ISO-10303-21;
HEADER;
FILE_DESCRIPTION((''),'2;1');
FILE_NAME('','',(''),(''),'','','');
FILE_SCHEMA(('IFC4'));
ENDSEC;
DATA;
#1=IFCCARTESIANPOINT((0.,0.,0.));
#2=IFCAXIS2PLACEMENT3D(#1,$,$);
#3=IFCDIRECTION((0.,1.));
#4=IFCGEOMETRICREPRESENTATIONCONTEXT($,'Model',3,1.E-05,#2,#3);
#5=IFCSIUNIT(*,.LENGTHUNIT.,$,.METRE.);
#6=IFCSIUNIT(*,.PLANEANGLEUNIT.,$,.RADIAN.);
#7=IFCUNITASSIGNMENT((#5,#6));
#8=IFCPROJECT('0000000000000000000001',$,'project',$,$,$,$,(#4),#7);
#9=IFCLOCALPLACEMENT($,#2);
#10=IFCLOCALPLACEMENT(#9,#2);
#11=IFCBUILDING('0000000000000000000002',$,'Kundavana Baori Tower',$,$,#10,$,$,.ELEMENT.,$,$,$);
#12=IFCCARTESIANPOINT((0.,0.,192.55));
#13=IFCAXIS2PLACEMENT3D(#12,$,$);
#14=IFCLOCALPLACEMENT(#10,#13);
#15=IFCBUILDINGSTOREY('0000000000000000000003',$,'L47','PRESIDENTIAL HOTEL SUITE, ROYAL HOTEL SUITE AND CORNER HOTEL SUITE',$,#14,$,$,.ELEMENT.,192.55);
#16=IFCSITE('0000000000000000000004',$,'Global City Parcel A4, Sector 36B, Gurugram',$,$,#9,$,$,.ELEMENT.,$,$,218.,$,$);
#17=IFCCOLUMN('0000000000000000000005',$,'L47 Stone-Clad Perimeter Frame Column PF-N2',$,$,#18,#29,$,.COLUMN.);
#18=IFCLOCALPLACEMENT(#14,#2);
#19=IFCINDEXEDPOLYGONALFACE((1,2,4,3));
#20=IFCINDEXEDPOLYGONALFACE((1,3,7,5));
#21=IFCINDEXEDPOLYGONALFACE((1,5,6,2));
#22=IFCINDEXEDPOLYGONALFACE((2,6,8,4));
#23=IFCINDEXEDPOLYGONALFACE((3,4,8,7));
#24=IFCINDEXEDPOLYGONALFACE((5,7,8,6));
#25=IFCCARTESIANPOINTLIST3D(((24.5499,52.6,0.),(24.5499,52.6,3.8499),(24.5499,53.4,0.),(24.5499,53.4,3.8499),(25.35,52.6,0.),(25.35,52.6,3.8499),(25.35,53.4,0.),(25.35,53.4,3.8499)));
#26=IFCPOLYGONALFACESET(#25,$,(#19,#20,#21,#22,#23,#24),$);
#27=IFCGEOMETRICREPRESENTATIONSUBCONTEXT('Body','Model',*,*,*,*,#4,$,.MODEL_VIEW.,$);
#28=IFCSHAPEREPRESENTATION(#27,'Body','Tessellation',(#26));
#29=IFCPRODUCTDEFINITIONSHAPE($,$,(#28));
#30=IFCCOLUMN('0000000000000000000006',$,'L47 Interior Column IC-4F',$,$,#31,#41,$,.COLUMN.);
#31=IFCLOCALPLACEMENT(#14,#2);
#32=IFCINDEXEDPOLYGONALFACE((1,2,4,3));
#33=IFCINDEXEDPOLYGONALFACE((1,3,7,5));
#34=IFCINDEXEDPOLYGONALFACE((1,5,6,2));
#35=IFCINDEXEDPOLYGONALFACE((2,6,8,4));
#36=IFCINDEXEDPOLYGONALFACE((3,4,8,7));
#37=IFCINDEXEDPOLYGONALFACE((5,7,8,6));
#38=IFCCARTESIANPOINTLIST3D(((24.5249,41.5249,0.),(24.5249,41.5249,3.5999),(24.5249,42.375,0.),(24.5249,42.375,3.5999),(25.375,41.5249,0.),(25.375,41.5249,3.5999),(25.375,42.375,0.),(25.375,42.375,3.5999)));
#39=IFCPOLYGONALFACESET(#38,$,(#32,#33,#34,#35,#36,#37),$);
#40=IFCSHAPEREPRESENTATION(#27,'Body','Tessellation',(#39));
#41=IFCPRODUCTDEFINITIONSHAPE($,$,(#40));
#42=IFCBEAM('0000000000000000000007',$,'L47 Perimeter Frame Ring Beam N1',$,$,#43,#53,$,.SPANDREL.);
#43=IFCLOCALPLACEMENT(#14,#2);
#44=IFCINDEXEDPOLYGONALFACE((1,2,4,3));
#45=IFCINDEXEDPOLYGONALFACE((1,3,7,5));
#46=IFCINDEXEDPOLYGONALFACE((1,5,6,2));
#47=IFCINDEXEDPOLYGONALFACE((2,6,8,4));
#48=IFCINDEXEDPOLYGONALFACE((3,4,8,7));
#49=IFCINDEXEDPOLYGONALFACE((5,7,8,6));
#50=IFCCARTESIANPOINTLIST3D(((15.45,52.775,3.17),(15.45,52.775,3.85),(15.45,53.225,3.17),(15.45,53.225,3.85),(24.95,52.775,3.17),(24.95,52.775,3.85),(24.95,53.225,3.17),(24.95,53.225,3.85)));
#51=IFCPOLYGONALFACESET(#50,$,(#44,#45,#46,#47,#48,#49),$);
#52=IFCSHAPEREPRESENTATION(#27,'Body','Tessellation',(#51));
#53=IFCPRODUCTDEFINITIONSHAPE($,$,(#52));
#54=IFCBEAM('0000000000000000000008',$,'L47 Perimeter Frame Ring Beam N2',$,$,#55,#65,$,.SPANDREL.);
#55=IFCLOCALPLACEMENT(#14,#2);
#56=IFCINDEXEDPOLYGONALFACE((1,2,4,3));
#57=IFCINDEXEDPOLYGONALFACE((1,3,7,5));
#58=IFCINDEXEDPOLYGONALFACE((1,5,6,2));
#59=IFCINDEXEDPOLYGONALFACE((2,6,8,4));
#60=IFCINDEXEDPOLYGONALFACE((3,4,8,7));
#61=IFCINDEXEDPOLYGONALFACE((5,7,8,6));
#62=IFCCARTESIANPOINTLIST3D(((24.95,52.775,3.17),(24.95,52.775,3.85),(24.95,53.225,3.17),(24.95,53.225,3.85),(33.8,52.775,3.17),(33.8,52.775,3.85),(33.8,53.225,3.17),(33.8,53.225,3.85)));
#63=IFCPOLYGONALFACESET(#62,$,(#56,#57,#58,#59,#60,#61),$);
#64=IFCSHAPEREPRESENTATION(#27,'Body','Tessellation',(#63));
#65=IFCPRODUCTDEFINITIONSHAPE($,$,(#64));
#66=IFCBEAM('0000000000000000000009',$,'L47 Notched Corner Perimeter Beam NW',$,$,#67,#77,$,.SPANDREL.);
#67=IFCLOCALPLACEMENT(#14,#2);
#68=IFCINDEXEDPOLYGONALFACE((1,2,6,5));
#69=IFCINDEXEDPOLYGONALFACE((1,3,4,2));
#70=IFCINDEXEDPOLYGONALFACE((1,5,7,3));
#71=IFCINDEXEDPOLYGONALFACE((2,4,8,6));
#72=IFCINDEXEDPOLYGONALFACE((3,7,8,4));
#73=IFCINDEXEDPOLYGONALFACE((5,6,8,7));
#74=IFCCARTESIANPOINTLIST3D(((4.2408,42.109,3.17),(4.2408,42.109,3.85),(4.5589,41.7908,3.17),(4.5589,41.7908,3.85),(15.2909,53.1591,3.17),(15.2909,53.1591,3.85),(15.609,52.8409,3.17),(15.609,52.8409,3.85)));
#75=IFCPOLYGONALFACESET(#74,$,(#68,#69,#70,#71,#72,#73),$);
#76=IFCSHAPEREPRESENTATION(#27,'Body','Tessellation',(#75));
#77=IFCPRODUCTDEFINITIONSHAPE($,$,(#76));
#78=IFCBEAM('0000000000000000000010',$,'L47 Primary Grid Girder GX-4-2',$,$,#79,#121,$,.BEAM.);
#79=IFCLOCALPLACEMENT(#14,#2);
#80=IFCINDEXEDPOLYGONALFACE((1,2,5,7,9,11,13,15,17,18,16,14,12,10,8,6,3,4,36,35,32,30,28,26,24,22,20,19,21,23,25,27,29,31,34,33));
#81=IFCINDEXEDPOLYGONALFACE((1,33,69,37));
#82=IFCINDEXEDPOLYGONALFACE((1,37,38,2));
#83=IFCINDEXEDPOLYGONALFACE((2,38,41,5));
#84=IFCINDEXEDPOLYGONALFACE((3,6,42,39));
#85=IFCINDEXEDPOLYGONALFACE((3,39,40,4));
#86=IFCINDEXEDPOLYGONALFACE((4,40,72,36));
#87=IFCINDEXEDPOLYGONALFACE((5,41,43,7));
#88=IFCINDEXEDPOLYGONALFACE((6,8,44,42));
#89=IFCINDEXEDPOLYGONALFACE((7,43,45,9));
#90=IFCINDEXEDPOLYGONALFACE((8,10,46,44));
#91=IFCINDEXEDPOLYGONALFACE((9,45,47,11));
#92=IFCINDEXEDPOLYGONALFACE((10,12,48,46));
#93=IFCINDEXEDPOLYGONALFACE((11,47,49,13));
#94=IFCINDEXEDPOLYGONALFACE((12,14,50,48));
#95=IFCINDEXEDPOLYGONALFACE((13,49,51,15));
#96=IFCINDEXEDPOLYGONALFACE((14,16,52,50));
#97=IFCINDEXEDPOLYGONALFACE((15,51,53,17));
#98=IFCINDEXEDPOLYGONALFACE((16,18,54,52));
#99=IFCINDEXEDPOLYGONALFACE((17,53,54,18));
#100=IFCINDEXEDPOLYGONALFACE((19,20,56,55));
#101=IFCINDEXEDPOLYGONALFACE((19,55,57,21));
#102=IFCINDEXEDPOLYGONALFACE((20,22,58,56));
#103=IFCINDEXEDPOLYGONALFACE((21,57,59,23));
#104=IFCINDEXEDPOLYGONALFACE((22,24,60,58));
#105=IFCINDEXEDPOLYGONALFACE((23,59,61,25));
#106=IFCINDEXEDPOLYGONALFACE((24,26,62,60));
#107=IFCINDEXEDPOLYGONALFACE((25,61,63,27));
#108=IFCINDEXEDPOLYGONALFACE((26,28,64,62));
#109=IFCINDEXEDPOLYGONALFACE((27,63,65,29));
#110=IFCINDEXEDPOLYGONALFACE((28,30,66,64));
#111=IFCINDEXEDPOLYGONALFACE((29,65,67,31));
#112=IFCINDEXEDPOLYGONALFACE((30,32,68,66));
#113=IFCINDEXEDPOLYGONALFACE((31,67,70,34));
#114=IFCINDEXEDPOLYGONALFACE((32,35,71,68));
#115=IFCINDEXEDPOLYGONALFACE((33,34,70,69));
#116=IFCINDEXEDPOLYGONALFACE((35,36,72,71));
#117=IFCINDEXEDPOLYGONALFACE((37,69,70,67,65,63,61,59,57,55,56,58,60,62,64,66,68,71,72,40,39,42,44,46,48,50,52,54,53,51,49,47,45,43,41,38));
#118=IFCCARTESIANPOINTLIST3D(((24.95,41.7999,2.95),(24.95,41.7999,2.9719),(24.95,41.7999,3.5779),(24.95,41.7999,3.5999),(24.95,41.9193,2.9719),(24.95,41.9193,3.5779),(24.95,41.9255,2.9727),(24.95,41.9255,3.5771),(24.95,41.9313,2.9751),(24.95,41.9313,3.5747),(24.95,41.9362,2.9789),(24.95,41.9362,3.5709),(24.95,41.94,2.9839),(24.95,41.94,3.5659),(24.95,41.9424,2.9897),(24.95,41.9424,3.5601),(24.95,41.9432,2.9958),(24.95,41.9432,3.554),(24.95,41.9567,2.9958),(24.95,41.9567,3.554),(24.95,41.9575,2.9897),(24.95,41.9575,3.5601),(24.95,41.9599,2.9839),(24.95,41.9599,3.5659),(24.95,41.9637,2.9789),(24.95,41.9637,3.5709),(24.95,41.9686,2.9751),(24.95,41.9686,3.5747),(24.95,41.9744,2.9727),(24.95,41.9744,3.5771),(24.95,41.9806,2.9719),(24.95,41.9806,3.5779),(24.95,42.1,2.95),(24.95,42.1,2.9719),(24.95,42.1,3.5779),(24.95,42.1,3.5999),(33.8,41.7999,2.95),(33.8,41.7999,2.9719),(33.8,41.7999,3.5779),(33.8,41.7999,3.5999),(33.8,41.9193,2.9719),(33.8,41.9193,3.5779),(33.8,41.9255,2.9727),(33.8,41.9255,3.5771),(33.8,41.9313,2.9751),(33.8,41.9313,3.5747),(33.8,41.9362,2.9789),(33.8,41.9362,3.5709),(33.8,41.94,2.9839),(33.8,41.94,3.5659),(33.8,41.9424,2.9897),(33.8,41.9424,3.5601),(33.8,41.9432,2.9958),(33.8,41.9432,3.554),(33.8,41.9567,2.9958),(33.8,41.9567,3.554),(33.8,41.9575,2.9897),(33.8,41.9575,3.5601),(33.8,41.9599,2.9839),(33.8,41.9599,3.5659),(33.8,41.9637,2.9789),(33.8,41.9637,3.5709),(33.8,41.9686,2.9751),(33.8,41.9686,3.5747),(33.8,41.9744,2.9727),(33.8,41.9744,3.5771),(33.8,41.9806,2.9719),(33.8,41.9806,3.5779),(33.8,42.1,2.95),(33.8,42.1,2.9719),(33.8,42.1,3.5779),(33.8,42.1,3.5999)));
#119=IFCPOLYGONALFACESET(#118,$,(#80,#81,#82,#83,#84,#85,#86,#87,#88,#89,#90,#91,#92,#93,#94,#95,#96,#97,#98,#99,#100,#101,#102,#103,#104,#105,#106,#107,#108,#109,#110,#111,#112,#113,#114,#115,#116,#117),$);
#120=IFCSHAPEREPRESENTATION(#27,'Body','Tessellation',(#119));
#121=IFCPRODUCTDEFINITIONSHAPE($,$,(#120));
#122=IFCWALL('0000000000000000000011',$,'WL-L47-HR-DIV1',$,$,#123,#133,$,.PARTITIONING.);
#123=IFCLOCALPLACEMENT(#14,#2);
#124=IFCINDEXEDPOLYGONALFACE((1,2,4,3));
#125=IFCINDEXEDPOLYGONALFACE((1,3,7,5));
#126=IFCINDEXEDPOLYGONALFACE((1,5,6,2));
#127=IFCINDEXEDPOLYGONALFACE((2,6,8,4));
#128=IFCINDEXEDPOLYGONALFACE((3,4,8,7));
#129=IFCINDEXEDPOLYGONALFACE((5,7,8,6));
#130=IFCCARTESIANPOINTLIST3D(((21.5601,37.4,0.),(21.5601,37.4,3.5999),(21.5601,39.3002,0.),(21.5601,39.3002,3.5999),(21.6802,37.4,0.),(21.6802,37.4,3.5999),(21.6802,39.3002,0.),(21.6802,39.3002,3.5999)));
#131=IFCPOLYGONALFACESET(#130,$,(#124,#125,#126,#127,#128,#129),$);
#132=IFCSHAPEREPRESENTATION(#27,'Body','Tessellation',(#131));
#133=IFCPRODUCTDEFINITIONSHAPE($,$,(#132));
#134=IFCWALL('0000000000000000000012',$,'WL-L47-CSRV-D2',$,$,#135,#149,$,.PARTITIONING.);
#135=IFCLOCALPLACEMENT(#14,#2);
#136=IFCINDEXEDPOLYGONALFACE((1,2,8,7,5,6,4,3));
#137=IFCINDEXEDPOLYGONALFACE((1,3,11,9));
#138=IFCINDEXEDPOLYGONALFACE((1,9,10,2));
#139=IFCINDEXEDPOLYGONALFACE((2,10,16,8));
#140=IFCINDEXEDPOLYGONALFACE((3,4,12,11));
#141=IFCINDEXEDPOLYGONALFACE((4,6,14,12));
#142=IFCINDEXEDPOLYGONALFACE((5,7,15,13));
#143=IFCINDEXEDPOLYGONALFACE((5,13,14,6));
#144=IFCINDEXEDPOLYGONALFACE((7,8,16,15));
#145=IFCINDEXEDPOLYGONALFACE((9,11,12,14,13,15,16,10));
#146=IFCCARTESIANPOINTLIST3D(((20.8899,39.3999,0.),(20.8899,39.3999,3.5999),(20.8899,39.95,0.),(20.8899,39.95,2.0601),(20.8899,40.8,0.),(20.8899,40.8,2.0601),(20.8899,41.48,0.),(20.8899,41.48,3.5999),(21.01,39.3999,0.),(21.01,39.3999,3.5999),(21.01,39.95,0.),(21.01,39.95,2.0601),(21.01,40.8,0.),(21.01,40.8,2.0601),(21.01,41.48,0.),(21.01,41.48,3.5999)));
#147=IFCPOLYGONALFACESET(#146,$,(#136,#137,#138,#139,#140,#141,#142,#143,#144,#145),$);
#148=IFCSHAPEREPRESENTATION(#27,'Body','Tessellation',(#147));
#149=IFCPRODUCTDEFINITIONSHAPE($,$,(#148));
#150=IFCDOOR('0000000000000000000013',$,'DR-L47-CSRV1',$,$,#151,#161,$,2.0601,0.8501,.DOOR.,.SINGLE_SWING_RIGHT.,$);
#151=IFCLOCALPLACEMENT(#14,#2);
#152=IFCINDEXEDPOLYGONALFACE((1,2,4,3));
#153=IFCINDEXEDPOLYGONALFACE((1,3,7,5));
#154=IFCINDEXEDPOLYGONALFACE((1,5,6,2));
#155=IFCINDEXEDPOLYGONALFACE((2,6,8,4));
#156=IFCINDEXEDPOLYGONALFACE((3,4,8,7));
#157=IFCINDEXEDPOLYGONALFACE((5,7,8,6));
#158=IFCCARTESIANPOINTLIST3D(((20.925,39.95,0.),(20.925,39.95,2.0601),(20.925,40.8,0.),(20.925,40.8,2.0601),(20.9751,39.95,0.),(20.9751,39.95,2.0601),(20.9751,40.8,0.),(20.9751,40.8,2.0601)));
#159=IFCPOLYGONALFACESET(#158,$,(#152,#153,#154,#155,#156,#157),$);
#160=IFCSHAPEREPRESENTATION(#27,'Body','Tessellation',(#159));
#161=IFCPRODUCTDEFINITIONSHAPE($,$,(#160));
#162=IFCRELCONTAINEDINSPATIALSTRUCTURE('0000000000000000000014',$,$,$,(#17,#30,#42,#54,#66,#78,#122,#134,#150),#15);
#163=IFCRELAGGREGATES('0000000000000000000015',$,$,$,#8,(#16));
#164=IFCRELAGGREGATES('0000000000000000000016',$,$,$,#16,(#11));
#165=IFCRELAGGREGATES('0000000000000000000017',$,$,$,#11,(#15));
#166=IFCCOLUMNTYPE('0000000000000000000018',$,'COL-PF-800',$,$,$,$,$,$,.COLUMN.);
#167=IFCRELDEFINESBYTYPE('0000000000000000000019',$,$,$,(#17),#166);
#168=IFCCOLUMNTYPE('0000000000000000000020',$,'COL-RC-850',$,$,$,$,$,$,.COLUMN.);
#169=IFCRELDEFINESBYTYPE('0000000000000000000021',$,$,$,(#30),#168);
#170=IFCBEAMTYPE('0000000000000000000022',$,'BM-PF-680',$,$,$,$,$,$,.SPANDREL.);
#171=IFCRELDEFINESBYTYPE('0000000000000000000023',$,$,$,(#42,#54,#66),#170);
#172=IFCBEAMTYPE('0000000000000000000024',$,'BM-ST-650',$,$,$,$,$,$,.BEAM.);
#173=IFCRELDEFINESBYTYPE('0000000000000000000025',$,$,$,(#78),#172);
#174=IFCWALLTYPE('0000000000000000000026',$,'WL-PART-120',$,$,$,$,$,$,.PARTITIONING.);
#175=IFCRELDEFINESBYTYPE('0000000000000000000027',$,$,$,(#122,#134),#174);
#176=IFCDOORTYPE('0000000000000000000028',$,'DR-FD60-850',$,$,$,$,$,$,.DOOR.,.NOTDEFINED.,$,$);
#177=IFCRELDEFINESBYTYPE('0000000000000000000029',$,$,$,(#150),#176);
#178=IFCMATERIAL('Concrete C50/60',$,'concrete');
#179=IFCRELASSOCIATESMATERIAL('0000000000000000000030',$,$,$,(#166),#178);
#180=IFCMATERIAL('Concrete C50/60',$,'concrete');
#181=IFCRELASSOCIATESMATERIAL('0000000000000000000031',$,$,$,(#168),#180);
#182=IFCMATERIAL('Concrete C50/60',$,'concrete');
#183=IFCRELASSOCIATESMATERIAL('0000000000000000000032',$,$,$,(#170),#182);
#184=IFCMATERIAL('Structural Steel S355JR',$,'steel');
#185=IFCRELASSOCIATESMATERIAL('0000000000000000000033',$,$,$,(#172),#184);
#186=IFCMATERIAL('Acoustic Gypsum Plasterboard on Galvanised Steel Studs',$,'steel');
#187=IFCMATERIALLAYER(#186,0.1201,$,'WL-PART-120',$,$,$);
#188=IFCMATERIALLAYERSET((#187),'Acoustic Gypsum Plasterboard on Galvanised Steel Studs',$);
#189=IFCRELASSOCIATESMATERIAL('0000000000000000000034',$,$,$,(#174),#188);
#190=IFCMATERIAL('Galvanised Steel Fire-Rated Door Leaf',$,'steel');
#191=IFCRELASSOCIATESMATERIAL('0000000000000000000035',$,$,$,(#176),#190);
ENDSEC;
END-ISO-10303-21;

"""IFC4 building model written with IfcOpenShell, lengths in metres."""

from ifc_helpers import new_model, si_unit, direction, frame, frame_2d, origin, origin_2d, place, context, subcontext, project, spatial, rectangle, i_section, extrude, material, layer, layer_set, material_profile, profile_set, type_object, element, fill, save


model = new_model("IFC4")

# Units and contexts
model_context = context("Model", 3, precision=1e-05, world=origin(), true_north=direction((0.0, 1.0)))
body_context = subcontext(model_context, "Body", "Model", "MODEL_VIEW")
ifc_project = project(units=[si_unit("LENGTHUNIT", "METRE"), si_unit("PLANEANGLEUNIT", "RADIAN")], contexts=[model_context])

# Site, building, storey
site_placement = place(None, origin())
site = spatial("IfcSite", under=ifc_project, at=site_placement, Name="Global City Parcel A4, Sector 36B, Gurugram", CompositionType="ELEMENT", RefElevation=218.0)
building_placement = place(site_placement, origin())
building = spatial("IfcBuilding", under=site, at=building_placement, Name="Kundavana Baori Tower", CompositionType="ELEMENT")
storey_placement = place(building_placement, frame((0.0, 0.0, 192.55)))
storey = spatial("IfcBuildingStorey", under=building, at=storey_placement, Name="L47", Description="PRESIDENTIAL HOTEL SUITE, ROYAL HOTEL SUITE AND CORNER HOTEL SUITE", CompositionType="ELEMENT", Elevation=192.55)

# Columns
ifc_material_1 = material(Name="Concrete C50/60", Category="concrete")
ifc_material_profile_1 = material_profile(ifc_material_1, rectangle(XDim=0.8, YDim=0.8, at=origin_2d()), Name="RC PF 800x800")
ifc_profile_set_1 = profile_set([ifc_material_profile_1], Name="Concrete C50/60")
column_type_1 = type_object("IfcColumnType", Name="COL-PF-800", PredefinedType="COLUMN", material=ifc_profile_set_1)
column_1_placement = place(storey_placement, frame((24.95, 53.0, 0.0), z_axis=(0.0, 0.0, 1.0), x_axis=(1.0, 0.0, 0.0)))
element("IfcColumn", 1, at=column_1_placement, inside=storey, type_object=column_type_1, Name="L47 Stone-Clad Perimeter Frame Column PF-N2", PredefinedType="COLUMN", context=body_context, shape_type="SweptSolid", body=[
    extrude(rectangle(XDim=0.8, YDim=0.8, at=origin_2d()), origin(), (0.0, 0.0, 1.0), 3.8499),
])
ifc_material_2 = material(Name="Concrete C50/60", Category="concrete")
ifc_material_profile_2 = material_profile(ifc_material_2, rectangle(XDim=0.8501, YDim=0.8501, at=origin_2d()), Name="RC 850x850")
ifc_profile_set_2 = profile_set([ifc_material_profile_2], Name="Concrete C50/60")
column_type_2 = type_object("IfcColumnType", Name="COL-RC-850", PredefinedType="COLUMN", material=ifc_profile_set_2)
column_2_placement = place(storey_placement, frame((24.95, 41.95, 0.0), z_axis=(0.0, 0.0, 1.0), x_axis=(1.0, 0.0, 0.0)))
element("IfcColumn", 2, at=column_2_placement, inside=storey, type_object=column_type_2, Name="L47 Interior Column IC-4F", PredefinedType="COLUMN", context=body_context, shape_type="SweptSolid", body=[
    extrude(rectangle(XDim=0.8501, YDim=0.8501, at=origin_2d()), origin(), (0.0, 0.0, 1.0), 3.5999),
])

# Beams
ifc_material_3 = material(Name="Concrete C50/60", Category="concrete")
ifc_material_profile_3 = material_profile(ifc_material_3, rectangle(XDim=0.45, YDim=0.6799, at=origin_2d()), Name="RC BM 450x680")
ifc_profile_set_3 = profile_set([ifc_material_profile_3], Name="Concrete C50/60")
beam_type_1 = type_object("IfcBeamType", Name="BM-PF-680", PredefinedType="SPANDREL", material=ifc_profile_set_3)
beam_1_placement = place(storey_placement, frame((15.45, 53.0, 3.51), z_axis=(1.0, 0.0, 0.0), x_axis=(0.0, 1.0, 0.0)))
element("IfcBeam", 3, at=beam_1_placement, inside=storey, type_object=beam_type_1, Name="L47 Perimeter Frame Ring Beam N1", PredefinedType="SPANDREL", context=body_context, shape_type="SweptSolid", body=[
    extrude(rectangle(XDim=0.45, YDim=0.6799, at=origin_2d()), origin(), (0.0, 0.0, 1.0), 9.5),
])
beam_2_placement = place(storey_placement, frame((24.95, 53.0, 3.51), z_axis=(1.0, 0.0, 0.0), x_axis=(0.0, 1.0, 0.0)))
element("IfcBeam", 4, at=beam_2_placement, inside=storey, type_object=beam_type_1, Name="L47 Perimeter Frame Ring Beam N2", PredefinedType="SPANDREL", context=body_context, shape_type="SweptSolid", body=[
    extrude(rectangle(XDim=0.45, YDim=0.6799, at=origin_2d()), origin(), (0.0, 0.0, 1.0), 8.8501),
])
beam_3_placement = place(storey_placement, frame((15.45, 53.0, 3.51), z_axis=(-0.707107, -0.707107, 0.0), x_axis=(0.707107, -0.707107, 0.0)))
element("IfcBeam", 5, at=beam_3_placement, inside=storey, type_object=beam_type_1, Name="L47 Notched Corner Perimeter Beam NW", PredefinedType="SPANDREL", context=body_context, shape_type="SweptSolid", body=[
    extrude(rectangle(XDim=0.45, YDim=0.6799, at=origin_2d()), origin(), (0.0, 0.0, 1.0), 15.6272),
])
ifc_material_4 = material(Name="Structural Steel S355JR", Category="steel")
ifc_material_profile_4 = material_profile(ifc_material_4, i_section(OverallWidth=0.3, OverallDepth=0.6499, WebThickness=0.0134, FlangeThickness=0.022, FilletRadius=0.0239, at=origin_2d()), Name="NPB 650x300x155")
ifc_profile_set_4 = profile_set([ifc_material_profile_4], Name="Structural Steel S355JR")
beam_type_2 = type_object("IfcBeamType", Name="BM-ST-650", PredefinedType="BEAM", material=ifc_profile_set_4)
beam_4_placement = place(storey_placement, frame((24.95, 41.95, 3.2749), z_axis=(1.0, 0.0, 0.0), x_axis=(0.0, 1.0, 0.0)))
element("IfcBeam", 6, at=beam_4_placement, inside=storey, type_object=beam_type_2, Name="L47 Primary Grid Girder GX-4-2", PredefinedType="BEAM", context=body_context, shape_type="SweptSolid", body=[
    extrude(i_section(OverallWidth=0.3, OverallDepth=0.6499, WebThickness=0.0134, FlangeThickness=0.022, FilletRadius=0.0239, at=origin_2d()), origin(), (0.0, 0.0, 1.0), 8.8501),
])

# Wall
ifc_material_5 = material(Name="Acoustic Gypsum Plasterboard on Galvanised Steel Studs", Category="steel")
ifc_layer_1 = layer(ifc_material_5, 0.1201, Name="WL-PART-120")
ifc_layer_set_1 = layer_set([ifc_layer_1], Name="Acoustic Gypsum Plasterboard on Galvanised Steel Studs")
wall_type_1 = type_object("IfcWallType", Name="WL-PART-120", PredefinedType="PARTITIONING", material=ifc_layer_set_1)
wall_1_placement = place(storey_placement, frame((21.6201, 37.3999, 0.0), z_axis=(0.0, 0.0, 1.0), x_axis=(0.0, 1.0, 0.0)))
element("IfcWall", 7, at=wall_1_placement, inside=storey, type_object=wall_type_1, Name="WL-L47-HR-DIV1", PredefinedType="PARTITIONING", context=body_context, shape_type="SweptSolid", body=[
    extrude(rectangle(XDim=1.9001, YDim=0.1201, at=frame_2d((0.9502, 0.0))), origin(), (0.0, 0.0, 1.0), 3.5999),
])

# Wall, opening, door
wall_2_placement = place(storey_placement, frame((20.95, 39.3999, 0.0), z_axis=(0.0, 0.0, 1.0), x_axis=(0.0, 1.0, 0.0)))
wall_2 = element("IfcWall", 8, at=wall_2_placement, inside=storey, type_object=wall_type_1, Name="WL-L47-CSRV-D2", PredefinedType="PARTITIONING", context=body_context, shape_type="SweptSolid", body=[
    extrude(rectangle(XDim=2.0801, YDim=0.1201, at=frame_2d((1.04, 0.0))), origin(), (0.0, 0.0, 1.0), 3.5999),
])
opening_1_placement = place(wall_2_placement, frame((0.55, 0.0, 0.0)))
opening_1 = element("IfcOpeningElement", 9, at=opening_1_placement, cuts=wall_2, PredefinedType="OPENING", context=body_context, shape_type="SweptSolid", body=[
    extrude(rectangle(XDim=0.8501, YDim=2.0601, at=frame_2d((0.425, 1.03))), frame((0.0, 0.0701, 0.0), z_axis=(0.0, -1.0, 0.0), x_axis=(1.0, 0.0, 0.0)), (0.0, 0.0, 1.0), 0.1401),
])
ifc_material_6 = material(Name="Galvanised Steel Fire-Rated Door Leaf", Category="steel")
door_type_1 = type_object("IfcDoorType", Name="DR-FD60-850", OperationType="NOTDEFINED", PredefinedType="DOOR", material=ifc_material_6)
door_1_placement = place(opening_1_placement, origin())
door_1 = element("IfcDoor", 10, at=door_1_placement, inside=storey, type_object=door_type_1, Name="DR-L47-CSRV1", OperationType="SINGLE_SWING_RIGHT", OverallHeight=2.0601, OverallWidth=0.8501, PredefinedType="DOOR", context=body_context, shape_type="SweptSolid", body=[
    extrude(rectangle(XDim=0.8501, YDim=2.0601, at=frame_2d((0.425, 1.03))), frame((0.0, 0.0249, 0.0), z_axis=(0.0, -1.0, 0.0), x_axis=(1.0, 0.0, 0.0)), (0.0, 0.0, 1.0), 0.05),
])
fill(opening_1, door_1)

save(model, "model.ifc")
